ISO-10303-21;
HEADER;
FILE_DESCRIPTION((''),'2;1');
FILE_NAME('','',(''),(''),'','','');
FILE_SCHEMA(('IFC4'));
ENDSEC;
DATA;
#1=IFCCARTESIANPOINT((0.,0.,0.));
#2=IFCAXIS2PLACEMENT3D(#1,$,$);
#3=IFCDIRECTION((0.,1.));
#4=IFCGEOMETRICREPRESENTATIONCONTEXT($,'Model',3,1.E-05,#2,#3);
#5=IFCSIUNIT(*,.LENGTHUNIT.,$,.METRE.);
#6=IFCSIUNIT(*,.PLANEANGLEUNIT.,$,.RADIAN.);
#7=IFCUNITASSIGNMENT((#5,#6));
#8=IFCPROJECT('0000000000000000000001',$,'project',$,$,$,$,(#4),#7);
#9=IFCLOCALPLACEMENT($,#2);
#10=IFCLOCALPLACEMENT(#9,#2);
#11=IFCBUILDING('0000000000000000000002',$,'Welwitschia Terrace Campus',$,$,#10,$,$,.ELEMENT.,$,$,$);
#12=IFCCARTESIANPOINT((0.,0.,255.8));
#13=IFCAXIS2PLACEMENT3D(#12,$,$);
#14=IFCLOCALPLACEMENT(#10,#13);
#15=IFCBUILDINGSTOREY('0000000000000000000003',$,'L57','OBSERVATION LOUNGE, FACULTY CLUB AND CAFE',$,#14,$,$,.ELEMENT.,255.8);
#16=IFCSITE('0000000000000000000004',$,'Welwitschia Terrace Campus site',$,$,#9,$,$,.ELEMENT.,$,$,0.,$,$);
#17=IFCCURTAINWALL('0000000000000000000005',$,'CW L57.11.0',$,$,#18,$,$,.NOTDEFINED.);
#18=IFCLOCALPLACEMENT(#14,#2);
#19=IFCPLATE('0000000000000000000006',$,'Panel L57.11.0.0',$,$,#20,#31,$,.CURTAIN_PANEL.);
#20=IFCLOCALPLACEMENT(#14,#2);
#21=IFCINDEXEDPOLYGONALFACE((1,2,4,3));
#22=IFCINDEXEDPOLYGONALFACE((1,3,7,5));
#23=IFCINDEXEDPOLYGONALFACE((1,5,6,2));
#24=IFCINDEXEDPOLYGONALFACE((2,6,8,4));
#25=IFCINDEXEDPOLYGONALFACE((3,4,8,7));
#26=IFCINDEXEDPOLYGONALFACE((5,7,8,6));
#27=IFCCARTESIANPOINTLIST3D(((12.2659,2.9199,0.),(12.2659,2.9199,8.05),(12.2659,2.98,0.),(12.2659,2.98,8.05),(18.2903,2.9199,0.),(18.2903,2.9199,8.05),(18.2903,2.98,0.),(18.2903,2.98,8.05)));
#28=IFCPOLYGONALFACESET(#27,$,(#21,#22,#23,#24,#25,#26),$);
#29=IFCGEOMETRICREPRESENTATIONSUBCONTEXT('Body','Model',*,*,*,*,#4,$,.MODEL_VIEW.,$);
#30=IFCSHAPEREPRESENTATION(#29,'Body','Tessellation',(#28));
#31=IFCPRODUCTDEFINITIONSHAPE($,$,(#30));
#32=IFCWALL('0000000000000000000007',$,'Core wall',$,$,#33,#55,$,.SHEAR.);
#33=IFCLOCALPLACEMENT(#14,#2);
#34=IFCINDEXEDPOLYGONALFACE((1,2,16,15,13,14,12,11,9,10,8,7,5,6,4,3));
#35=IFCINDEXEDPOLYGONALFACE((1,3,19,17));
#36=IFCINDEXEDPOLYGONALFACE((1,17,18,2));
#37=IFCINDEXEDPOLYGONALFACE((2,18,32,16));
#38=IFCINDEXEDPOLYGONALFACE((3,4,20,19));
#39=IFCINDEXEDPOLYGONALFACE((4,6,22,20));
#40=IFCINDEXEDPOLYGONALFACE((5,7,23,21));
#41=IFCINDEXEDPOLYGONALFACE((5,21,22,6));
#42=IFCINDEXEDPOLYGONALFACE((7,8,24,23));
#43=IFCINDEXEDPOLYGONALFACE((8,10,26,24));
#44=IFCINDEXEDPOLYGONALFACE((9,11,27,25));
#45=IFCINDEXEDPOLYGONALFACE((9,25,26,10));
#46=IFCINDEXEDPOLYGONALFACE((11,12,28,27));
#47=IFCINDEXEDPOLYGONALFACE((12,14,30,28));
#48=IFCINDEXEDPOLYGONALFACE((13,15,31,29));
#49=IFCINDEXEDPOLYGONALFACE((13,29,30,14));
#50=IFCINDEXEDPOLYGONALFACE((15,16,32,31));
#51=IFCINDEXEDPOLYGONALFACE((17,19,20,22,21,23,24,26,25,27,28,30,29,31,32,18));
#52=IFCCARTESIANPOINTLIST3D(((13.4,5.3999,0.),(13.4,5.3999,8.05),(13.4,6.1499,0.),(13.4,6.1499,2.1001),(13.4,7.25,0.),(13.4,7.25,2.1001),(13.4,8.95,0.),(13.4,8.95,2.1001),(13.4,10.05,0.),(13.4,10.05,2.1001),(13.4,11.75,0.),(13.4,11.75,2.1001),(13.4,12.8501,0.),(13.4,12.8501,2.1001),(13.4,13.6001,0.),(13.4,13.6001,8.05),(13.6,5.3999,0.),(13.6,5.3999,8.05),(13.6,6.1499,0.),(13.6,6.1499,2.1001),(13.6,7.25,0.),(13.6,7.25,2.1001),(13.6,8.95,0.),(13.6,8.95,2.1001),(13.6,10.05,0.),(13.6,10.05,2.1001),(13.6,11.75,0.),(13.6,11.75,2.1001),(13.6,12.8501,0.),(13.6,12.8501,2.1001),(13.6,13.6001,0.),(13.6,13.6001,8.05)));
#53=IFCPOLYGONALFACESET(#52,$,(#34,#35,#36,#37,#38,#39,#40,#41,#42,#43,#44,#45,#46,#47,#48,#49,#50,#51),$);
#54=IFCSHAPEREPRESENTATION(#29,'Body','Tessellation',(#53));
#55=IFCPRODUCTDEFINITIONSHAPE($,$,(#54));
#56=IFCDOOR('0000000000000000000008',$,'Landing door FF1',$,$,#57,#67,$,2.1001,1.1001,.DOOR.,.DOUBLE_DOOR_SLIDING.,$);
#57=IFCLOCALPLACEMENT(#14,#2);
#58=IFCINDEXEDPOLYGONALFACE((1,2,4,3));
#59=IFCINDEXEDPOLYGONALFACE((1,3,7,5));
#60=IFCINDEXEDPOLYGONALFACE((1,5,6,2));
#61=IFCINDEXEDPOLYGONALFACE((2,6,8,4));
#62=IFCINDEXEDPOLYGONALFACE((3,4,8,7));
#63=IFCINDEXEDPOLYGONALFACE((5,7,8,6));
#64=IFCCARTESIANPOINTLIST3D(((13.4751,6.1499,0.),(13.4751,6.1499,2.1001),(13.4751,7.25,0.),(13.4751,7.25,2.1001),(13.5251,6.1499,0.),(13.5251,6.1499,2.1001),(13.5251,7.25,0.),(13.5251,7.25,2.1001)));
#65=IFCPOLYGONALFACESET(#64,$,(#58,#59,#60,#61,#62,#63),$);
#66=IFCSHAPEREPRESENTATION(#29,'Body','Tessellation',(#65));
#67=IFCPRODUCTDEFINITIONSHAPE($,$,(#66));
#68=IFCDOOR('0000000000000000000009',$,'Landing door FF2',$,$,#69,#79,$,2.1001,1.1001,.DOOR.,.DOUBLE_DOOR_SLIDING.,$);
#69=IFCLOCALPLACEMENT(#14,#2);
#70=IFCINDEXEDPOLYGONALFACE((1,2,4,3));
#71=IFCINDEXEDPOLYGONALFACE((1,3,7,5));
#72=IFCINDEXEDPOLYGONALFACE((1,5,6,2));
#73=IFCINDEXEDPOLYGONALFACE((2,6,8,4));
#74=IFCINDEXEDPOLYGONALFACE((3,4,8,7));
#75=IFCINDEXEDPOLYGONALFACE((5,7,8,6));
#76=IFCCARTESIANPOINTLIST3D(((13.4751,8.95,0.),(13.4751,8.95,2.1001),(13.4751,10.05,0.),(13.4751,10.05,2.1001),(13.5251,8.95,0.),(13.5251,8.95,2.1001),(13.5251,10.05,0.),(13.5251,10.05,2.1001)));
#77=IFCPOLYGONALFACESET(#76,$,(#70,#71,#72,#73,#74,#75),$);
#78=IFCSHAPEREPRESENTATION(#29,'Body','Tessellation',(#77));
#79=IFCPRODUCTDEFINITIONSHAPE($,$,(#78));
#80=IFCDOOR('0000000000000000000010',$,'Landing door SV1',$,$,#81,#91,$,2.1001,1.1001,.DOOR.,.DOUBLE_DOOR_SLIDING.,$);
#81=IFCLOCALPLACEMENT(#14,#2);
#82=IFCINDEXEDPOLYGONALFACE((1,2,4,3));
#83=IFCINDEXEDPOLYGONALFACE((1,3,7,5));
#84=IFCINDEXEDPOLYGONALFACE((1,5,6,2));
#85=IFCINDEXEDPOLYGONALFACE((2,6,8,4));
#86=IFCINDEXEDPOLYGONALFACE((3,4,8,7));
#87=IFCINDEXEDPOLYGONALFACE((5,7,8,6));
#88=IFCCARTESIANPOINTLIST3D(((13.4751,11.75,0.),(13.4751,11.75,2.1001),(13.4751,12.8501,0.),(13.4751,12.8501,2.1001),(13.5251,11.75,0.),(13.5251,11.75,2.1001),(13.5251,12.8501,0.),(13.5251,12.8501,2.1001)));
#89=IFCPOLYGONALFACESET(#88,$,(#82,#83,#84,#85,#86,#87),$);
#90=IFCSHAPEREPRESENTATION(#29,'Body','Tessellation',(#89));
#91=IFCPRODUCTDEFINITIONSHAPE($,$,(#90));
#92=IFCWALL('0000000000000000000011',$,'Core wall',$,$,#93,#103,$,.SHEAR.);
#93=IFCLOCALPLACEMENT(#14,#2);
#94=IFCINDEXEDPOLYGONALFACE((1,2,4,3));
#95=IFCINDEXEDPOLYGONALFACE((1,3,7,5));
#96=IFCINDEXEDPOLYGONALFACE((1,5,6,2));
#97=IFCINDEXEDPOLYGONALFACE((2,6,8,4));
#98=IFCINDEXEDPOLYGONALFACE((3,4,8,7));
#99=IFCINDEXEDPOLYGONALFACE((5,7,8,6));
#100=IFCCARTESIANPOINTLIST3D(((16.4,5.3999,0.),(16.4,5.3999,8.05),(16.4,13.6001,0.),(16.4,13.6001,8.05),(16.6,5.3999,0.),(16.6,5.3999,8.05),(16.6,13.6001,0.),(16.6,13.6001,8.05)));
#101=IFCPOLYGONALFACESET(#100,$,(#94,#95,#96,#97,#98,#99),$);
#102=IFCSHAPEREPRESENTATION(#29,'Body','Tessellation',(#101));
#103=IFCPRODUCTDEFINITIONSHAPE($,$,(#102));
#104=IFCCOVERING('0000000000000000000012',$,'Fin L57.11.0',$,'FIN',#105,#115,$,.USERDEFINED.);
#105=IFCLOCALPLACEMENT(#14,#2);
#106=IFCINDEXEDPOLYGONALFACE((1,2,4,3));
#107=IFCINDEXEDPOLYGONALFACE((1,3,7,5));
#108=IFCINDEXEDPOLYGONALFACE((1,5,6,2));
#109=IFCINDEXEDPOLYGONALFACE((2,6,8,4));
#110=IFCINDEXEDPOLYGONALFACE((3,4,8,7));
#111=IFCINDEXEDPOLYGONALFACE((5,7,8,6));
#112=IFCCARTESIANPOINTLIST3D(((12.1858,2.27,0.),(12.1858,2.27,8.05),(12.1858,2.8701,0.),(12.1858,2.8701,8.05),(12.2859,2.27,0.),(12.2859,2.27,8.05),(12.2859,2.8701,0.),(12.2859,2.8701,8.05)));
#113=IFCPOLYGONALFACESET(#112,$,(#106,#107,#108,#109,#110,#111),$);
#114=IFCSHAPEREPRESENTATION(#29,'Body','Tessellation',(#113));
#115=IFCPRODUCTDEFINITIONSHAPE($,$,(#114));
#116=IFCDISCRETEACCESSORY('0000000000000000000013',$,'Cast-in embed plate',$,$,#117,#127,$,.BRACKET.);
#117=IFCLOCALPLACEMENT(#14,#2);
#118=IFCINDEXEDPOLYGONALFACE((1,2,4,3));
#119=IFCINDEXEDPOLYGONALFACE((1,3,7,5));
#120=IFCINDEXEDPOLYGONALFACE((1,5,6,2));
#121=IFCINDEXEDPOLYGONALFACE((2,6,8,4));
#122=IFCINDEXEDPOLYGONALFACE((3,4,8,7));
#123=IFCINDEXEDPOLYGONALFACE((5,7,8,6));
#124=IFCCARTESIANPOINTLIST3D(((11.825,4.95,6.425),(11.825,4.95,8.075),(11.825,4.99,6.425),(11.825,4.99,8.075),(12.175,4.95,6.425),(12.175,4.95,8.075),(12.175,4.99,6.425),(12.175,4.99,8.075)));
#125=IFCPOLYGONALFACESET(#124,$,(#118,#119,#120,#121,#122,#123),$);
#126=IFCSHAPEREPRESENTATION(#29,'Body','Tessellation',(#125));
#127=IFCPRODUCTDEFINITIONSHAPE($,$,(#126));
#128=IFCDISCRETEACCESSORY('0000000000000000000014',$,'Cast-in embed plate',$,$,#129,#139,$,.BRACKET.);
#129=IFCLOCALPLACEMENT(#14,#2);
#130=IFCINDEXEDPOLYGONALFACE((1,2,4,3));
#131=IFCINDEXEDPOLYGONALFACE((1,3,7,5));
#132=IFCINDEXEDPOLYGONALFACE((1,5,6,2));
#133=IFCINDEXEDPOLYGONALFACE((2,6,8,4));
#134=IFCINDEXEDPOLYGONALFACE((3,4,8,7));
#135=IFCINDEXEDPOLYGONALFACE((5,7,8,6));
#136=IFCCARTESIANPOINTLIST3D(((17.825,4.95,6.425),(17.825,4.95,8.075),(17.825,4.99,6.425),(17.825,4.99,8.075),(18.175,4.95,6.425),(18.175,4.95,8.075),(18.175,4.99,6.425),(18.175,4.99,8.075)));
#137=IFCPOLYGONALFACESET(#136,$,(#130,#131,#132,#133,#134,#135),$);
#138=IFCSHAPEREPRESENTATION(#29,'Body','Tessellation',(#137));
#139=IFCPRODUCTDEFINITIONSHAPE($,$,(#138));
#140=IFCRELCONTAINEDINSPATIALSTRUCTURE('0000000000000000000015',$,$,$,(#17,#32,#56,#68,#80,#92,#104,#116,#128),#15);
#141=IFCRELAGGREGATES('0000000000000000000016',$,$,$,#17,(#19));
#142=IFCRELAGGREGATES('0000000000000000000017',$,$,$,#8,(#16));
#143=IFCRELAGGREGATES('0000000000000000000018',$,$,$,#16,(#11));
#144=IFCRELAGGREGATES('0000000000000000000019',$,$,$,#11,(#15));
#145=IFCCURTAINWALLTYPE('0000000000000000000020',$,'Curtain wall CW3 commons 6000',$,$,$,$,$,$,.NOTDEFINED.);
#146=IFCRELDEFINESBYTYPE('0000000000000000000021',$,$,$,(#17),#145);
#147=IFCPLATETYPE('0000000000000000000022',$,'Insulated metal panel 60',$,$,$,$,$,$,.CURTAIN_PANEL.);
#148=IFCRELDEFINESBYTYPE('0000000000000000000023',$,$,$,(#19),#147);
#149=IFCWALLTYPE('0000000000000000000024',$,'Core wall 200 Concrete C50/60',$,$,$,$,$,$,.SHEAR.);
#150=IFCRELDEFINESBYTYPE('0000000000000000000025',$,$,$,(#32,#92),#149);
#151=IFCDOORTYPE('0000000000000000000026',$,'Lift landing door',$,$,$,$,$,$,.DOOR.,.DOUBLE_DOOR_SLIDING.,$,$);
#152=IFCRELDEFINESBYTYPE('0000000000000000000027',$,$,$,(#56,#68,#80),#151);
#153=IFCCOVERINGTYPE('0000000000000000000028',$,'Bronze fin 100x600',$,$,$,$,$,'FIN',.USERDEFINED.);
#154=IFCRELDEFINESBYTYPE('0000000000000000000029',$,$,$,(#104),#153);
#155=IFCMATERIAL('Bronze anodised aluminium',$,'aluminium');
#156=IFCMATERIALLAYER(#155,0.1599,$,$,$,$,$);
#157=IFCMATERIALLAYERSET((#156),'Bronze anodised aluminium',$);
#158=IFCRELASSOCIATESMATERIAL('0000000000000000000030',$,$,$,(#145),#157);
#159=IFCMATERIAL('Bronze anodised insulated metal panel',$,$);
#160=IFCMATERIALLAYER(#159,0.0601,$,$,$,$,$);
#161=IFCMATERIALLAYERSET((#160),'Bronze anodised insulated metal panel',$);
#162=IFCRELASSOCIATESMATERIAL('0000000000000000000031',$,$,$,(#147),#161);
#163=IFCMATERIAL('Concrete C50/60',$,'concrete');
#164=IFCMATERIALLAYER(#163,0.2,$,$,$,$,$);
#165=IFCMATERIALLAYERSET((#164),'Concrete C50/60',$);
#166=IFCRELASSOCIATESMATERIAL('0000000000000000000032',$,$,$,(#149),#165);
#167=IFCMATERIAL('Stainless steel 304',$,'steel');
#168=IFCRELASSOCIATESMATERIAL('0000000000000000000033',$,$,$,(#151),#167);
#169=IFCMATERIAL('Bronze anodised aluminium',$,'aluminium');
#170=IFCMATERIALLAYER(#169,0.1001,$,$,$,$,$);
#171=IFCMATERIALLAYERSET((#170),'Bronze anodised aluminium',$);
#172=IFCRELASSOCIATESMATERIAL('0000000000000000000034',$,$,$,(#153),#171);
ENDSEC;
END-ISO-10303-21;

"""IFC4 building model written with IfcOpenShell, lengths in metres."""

from ifc_helpers import new_model, si_unit, direction, frame, frame_2d, origin, origin_2d, place, context, subcontext, project, spatial, rectangle, extrude, material, layer, layer_set, type_object, element, fill, aggregate, save


model = new_model("IFC4")

# Units and contexts
model_context = context("Model", 3, precision=1e-05, world=origin(), true_north=direction((0.0, 1.0)))
body_context = subcontext(model_context, "Body", "Model", "MODEL_VIEW")
ifc_project = project(units=[si_unit("LENGTHUNIT", "METRE"), si_unit("PLANEANGLEUNIT", "RADIAN")], contexts=[model_context])

# Site, building, storey
site_placement = place(None, origin())
site = spatial("IfcSite", under=ifc_project, at=site_placement, Name="Welwitschia Terrace Campus site", CompositionType="ELEMENT", RefElevation=0.0)
building_placement = place(site_placement, origin())
building = spatial("IfcBuilding", under=site, at=building_placement, Name="Welwitschia Terrace Campus", CompositionType="ELEMENT")
storey_placement = place(building_placement, frame((0.0, 0.0, 255.8)))
storey = spatial("IfcBuildingStorey", under=building, at=storey_placement, Name="L57", Description="OBSERVATION LOUNGE, FACULTY CLUB AND CAFE", CompositionType="ELEMENT", Elevation=255.8)

# Curtain wall
ifc_material_1 = material(Name="Bronze anodised aluminium", Category="aluminium")
ifc_layer_1 = layer(ifc_material_1, 0.1599)
ifc_layer_set_1 = layer_set([ifc_layer_1], Name="Bronze anodised aluminium")
curtain_wall_type = type_object("IfcCurtainWallType", Name="Curtain wall CW3 commons 6000", PredefinedType="NOTDEFINED", material=ifc_layer_set_1)
curtain_wall_1_placement = place(storey_placement, origin())
curtain_wall_1 = element("IfcCurtainWall", 1, at=curtain_wall_1_placement, inside=storey, type_object=curtain_wall_type, Name="CW L57.11.0", PredefinedType="NOTDEFINED")

# Plate
ifc_material_2 = material(Name="Bronze anodised insulated metal panel")
ifc_layer_2 = layer(ifc_material_2, 0.0601)
ifc_layer_set_2 = layer_set([ifc_layer_2], Name="Bronze anodised insulated metal panel")
plate_type = type_object("IfcPlateType", Name="Insulated metal panel 60", PredefinedType="CURTAIN_PANEL", material=ifc_layer_set_2)
plate_placement = place(storey_placement, frame((15.2781, 2.95, 0.0), z_axis=(0.0, 0.0, 1.0), x_axis=(1.0, 0.0, 0.0)))
plate = element("IfcPlate", 2, at=plate_placement, type_object=plate_type, Name="Panel L57.11.0.0", PredefinedType="CURTAIN_PANEL", context=body_context, shape_type="SweptSolid", body=[
    extrude(rectangle(XDim=6.0244, YDim=0.0601, at=origin_2d()), origin(), (0.0, 0.0, 1.0), 8.05),
])
aggregate(curtain_wall_1, [plate])

# Wall, openings, doors
ifc_material_3 = material(Name="Concrete C50/60", Category="concrete")
ifc_layer_3 = layer(ifc_material_3, 0.2)
ifc_layer_set_3 = layer_set([ifc_layer_3], Name="Concrete C50/60")
wall_type = type_object("IfcWallType", Name="Core wall 200 Concrete C50/60", PredefinedType="SHEAR", material=ifc_layer_set_3)
wall_1_placement = place(storey_placement, frame((13.5, 5.3999, 0.0), z_axis=(0.0, 0.0, 1.0), x_axis=(0.0, 1.0, 0.0)))
wall_1 = element("IfcWall", 3, at=wall_1_placement, inside=storey, type_object=wall_type, Name="Core wall", PredefinedType="SHEAR", context=body_context, shape_type="SweptSolid", body=[
    extrude(rectangle(XDim=8.2002, YDim=0.2, at=frame_2d((4.1001, 0.0))), origin(), (0.0, 0.0, 1.0), 8.05),
])
opening_1_placement = place(wall_1_placement, frame((0.75, 0.0, 0.0)))
opening_1 = element("IfcOpeningElement", 4, at=opening_1_placement, cuts=wall_1, PredefinedType="OPENING", context=body_context, shape_type="SweptSolid", body=[
    extrude(rectangle(XDim=1.1001, YDim=2.1001, at=frame_2d((0.55, 1.05))), frame((0.0, 0.1099, 0.0), z_axis=(0.0, -1.0, 0.0), x_axis=(1.0, 0.0, 0.0)), (0.0, 0.0, 1.0), 0.22),
])
opening_2_placement = place(wall_1_placement, frame((3.55, 0.0, 0.0)))
opening_2 = element("IfcOpeningElement", 5, at=opening_2_placement, cuts=wall_1, PredefinedType="OPENING", context=body_context, shape_type="SweptSolid", body=[
    extrude(rectangle(XDim=1.1001, YDim=2.1001, at=frame_2d((0.55, 1.05))), frame((0.0, 0.1099, 0.0), z_axis=(0.0, -1.0, 0.0), x_axis=(1.0, 0.0, 0.0)), (0.0, 0.0, 1.0), 0.22),
])
opening_3_placement = place(wall_1_placement, frame((6.3501, 0.0, 0.0)))
opening_3 = element("IfcOpeningElement", 6, at=opening_3_placement, cuts=wall_1, PredefinedType="OPENING", context=body_context, shape_type="SweptSolid", body=[
    extrude(rectangle(XDim=1.1001, YDim=2.1001, at=frame_2d((0.55, 1.05))), frame((0.0, 0.1099, 0.0), z_axis=(0.0, -1.0, 0.0), x_axis=(1.0, 0.0, 0.0)), (0.0, 0.0, 1.0), 0.22),
])
ifc_material_4 = material(Name="Stainless steel 304", Category="steel")
door_type = type_object("IfcDoorType", Name="Lift landing door", OperationType="DOUBLE_DOOR_SLIDING", PredefinedType="DOOR", material=ifc_material_4)
door_1_placement = place(opening_1_placement, origin())
door_1 = element("IfcDoor", 7, at=door_1_placement, inside=storey, type_object=door_type, Name="Landing door FF1", OperationType="DOUBLE_DOOR_SLIDING", OverallHeight=2.1001, OverallWidth=1.1001, PredefinedType="DOOR", context=body_context, shape_type="SweptSolid", body=[
    extrude(rectangle(XDim=1.1001, YDim=2.1001, at=frame_2d((0.55, 1.05))), frame((0.0, 0.0249, 0.0), z_axis=(0.0, -1.0, 0.0), x_axis=(1.0, 0.0, 0.0)), (0.0, 0.0, 1.0), 0.05),
])
fill(opening_1, door_1)
door_2_placement = place(opening_2_placement, origin())
door_2 = element("IfcDoor", 8, at=door_2_placement, inside=storey, type_object=door_type, Name="Landing door FF2", OperationType="DOUBLE_DOOR_SLIDING", OverallHeight=2.1001, OverallWidth=1.1001, PredefinedType="DOOR", context=body_context, shape_type="SweptSolid", body=[
    extrude(rectangle(XDim=1.1001, YDim=2.1001, at=frame_2d((0.55, 1.05))), frame((0.0, 0.0249, 0.0), z_axis=(0.0, -1.0, 0.0), x_axis=(1.0, 0.0, 0.0)), (0.0, 0.0, 1.0), 0.05),
])
fill(opening_2, door_2)
door_3_placement = place(opening_3_placement, origin())
door_3 = element("IfcDoor", 9, at=door_3_placement, inside=storey, type_object=door_type, Name="Landing door SV1", OperationType="DOUBLE_DOOR_SLIDING", OverallHeight=2.1001, OverallWidth=1.1001, PredefinedType="DOOR", context=body_context, shape_type="SweptSolid", body=[
    extrude(rectangle(XDim=1.1001, YDim=2.1001, at=frame_2d((0.55, 1.05))), frame((0.0, 0.0249, 0.0), z_axis=(0.0, -1.0, 0.0), x_axis=(1.0, 0.0, 0.0)), (0.0, 0.0, 1.0), 0.05),
])
fill(opening_3, door_3)

# Wall
wall_2_placement = place(storey_placement, frame((16.5, 5.3999, 0.0), z_axis=(0.0, 0.0, 1.0), x_axis=(0.0, 1.0, 0.0)))
element("IfcWall", 10, at=wall_2_placement, inside=storey, type_object=wall_type, Name="Core wall", PredefinedType="SHEAR", context=body_context, shape_type="SweptSolid", body=[
    extrude(rectangle(XDim=8.2002, YDim=0.2, at=frame_2d((4.1001, 0.0))), origin(), (0.0, 0.0, 1.0), 8.05),
])

# Covering
ifc_material_5 = material(Name="Bronze anodised aluminium", Category="aluminium")
ifc_layer_4 = layer(ifc_material_5, 0.1001)
ifc_layer_set_4 = layer_set([ifc_layer_4], Name="Bronze anodised aluminium")
covering_type = type_object("IfcCoveringType", Name="Bronze fin 100x600", ElementType="FIN", PredefinedType="USERDEFINED", material=ifc_layer_set_4)
covering_placement = place(storey_placement, frame((12.2358, 2.5701, 0.0), z_axis=(0.0, 0.0, 1.0), x_axis=(1.0, 0.0, 0.0)))
element("IfcCovering", 11, at=covering_placement, inside=storey, type_object=covering_type, Name="Fin L57.11.0", ObjectType="FIN", PredefinedType="USERDEFINED", context=body_context, shape_type="SweptSolid", body=[
    extrude(rectangle(XDim=0.1001, YDim=0.6001, at=origin_2d()), origin(), (0.0, 0.0, 1.0), 8.05),
])

# Discrete accessories
for number, where, z_axis, x_axis, name in (
    (12, (12.0, 4.95, 7.25), (0.0, 1.0, 0.0), (-1.0, 0.0, 0.0), "Cast-in embed plate"),
    (13, (18.0, 4.95, 7.25), (0.0, 1.0, 0.0), (-1.0, 0.0, 0.0), "Cast-in embed plate"),
):
    element("IfcDiscreteAccessory", number, at=place(storey_placement, frame(where, z_axis=z_axis, x_axis=x_axis)), inside=storey, Name=name, PredefinedType="BRACKET", context=body_context, shape_type="SweptSolid", body=[
        extrude(rectangle(XDim=0.3501, YDim=1.6499, at=origin_2d()), origin(), (0.0, 0.0, 1.0), 0.04),
    ])

save(model, "model.ifc")
